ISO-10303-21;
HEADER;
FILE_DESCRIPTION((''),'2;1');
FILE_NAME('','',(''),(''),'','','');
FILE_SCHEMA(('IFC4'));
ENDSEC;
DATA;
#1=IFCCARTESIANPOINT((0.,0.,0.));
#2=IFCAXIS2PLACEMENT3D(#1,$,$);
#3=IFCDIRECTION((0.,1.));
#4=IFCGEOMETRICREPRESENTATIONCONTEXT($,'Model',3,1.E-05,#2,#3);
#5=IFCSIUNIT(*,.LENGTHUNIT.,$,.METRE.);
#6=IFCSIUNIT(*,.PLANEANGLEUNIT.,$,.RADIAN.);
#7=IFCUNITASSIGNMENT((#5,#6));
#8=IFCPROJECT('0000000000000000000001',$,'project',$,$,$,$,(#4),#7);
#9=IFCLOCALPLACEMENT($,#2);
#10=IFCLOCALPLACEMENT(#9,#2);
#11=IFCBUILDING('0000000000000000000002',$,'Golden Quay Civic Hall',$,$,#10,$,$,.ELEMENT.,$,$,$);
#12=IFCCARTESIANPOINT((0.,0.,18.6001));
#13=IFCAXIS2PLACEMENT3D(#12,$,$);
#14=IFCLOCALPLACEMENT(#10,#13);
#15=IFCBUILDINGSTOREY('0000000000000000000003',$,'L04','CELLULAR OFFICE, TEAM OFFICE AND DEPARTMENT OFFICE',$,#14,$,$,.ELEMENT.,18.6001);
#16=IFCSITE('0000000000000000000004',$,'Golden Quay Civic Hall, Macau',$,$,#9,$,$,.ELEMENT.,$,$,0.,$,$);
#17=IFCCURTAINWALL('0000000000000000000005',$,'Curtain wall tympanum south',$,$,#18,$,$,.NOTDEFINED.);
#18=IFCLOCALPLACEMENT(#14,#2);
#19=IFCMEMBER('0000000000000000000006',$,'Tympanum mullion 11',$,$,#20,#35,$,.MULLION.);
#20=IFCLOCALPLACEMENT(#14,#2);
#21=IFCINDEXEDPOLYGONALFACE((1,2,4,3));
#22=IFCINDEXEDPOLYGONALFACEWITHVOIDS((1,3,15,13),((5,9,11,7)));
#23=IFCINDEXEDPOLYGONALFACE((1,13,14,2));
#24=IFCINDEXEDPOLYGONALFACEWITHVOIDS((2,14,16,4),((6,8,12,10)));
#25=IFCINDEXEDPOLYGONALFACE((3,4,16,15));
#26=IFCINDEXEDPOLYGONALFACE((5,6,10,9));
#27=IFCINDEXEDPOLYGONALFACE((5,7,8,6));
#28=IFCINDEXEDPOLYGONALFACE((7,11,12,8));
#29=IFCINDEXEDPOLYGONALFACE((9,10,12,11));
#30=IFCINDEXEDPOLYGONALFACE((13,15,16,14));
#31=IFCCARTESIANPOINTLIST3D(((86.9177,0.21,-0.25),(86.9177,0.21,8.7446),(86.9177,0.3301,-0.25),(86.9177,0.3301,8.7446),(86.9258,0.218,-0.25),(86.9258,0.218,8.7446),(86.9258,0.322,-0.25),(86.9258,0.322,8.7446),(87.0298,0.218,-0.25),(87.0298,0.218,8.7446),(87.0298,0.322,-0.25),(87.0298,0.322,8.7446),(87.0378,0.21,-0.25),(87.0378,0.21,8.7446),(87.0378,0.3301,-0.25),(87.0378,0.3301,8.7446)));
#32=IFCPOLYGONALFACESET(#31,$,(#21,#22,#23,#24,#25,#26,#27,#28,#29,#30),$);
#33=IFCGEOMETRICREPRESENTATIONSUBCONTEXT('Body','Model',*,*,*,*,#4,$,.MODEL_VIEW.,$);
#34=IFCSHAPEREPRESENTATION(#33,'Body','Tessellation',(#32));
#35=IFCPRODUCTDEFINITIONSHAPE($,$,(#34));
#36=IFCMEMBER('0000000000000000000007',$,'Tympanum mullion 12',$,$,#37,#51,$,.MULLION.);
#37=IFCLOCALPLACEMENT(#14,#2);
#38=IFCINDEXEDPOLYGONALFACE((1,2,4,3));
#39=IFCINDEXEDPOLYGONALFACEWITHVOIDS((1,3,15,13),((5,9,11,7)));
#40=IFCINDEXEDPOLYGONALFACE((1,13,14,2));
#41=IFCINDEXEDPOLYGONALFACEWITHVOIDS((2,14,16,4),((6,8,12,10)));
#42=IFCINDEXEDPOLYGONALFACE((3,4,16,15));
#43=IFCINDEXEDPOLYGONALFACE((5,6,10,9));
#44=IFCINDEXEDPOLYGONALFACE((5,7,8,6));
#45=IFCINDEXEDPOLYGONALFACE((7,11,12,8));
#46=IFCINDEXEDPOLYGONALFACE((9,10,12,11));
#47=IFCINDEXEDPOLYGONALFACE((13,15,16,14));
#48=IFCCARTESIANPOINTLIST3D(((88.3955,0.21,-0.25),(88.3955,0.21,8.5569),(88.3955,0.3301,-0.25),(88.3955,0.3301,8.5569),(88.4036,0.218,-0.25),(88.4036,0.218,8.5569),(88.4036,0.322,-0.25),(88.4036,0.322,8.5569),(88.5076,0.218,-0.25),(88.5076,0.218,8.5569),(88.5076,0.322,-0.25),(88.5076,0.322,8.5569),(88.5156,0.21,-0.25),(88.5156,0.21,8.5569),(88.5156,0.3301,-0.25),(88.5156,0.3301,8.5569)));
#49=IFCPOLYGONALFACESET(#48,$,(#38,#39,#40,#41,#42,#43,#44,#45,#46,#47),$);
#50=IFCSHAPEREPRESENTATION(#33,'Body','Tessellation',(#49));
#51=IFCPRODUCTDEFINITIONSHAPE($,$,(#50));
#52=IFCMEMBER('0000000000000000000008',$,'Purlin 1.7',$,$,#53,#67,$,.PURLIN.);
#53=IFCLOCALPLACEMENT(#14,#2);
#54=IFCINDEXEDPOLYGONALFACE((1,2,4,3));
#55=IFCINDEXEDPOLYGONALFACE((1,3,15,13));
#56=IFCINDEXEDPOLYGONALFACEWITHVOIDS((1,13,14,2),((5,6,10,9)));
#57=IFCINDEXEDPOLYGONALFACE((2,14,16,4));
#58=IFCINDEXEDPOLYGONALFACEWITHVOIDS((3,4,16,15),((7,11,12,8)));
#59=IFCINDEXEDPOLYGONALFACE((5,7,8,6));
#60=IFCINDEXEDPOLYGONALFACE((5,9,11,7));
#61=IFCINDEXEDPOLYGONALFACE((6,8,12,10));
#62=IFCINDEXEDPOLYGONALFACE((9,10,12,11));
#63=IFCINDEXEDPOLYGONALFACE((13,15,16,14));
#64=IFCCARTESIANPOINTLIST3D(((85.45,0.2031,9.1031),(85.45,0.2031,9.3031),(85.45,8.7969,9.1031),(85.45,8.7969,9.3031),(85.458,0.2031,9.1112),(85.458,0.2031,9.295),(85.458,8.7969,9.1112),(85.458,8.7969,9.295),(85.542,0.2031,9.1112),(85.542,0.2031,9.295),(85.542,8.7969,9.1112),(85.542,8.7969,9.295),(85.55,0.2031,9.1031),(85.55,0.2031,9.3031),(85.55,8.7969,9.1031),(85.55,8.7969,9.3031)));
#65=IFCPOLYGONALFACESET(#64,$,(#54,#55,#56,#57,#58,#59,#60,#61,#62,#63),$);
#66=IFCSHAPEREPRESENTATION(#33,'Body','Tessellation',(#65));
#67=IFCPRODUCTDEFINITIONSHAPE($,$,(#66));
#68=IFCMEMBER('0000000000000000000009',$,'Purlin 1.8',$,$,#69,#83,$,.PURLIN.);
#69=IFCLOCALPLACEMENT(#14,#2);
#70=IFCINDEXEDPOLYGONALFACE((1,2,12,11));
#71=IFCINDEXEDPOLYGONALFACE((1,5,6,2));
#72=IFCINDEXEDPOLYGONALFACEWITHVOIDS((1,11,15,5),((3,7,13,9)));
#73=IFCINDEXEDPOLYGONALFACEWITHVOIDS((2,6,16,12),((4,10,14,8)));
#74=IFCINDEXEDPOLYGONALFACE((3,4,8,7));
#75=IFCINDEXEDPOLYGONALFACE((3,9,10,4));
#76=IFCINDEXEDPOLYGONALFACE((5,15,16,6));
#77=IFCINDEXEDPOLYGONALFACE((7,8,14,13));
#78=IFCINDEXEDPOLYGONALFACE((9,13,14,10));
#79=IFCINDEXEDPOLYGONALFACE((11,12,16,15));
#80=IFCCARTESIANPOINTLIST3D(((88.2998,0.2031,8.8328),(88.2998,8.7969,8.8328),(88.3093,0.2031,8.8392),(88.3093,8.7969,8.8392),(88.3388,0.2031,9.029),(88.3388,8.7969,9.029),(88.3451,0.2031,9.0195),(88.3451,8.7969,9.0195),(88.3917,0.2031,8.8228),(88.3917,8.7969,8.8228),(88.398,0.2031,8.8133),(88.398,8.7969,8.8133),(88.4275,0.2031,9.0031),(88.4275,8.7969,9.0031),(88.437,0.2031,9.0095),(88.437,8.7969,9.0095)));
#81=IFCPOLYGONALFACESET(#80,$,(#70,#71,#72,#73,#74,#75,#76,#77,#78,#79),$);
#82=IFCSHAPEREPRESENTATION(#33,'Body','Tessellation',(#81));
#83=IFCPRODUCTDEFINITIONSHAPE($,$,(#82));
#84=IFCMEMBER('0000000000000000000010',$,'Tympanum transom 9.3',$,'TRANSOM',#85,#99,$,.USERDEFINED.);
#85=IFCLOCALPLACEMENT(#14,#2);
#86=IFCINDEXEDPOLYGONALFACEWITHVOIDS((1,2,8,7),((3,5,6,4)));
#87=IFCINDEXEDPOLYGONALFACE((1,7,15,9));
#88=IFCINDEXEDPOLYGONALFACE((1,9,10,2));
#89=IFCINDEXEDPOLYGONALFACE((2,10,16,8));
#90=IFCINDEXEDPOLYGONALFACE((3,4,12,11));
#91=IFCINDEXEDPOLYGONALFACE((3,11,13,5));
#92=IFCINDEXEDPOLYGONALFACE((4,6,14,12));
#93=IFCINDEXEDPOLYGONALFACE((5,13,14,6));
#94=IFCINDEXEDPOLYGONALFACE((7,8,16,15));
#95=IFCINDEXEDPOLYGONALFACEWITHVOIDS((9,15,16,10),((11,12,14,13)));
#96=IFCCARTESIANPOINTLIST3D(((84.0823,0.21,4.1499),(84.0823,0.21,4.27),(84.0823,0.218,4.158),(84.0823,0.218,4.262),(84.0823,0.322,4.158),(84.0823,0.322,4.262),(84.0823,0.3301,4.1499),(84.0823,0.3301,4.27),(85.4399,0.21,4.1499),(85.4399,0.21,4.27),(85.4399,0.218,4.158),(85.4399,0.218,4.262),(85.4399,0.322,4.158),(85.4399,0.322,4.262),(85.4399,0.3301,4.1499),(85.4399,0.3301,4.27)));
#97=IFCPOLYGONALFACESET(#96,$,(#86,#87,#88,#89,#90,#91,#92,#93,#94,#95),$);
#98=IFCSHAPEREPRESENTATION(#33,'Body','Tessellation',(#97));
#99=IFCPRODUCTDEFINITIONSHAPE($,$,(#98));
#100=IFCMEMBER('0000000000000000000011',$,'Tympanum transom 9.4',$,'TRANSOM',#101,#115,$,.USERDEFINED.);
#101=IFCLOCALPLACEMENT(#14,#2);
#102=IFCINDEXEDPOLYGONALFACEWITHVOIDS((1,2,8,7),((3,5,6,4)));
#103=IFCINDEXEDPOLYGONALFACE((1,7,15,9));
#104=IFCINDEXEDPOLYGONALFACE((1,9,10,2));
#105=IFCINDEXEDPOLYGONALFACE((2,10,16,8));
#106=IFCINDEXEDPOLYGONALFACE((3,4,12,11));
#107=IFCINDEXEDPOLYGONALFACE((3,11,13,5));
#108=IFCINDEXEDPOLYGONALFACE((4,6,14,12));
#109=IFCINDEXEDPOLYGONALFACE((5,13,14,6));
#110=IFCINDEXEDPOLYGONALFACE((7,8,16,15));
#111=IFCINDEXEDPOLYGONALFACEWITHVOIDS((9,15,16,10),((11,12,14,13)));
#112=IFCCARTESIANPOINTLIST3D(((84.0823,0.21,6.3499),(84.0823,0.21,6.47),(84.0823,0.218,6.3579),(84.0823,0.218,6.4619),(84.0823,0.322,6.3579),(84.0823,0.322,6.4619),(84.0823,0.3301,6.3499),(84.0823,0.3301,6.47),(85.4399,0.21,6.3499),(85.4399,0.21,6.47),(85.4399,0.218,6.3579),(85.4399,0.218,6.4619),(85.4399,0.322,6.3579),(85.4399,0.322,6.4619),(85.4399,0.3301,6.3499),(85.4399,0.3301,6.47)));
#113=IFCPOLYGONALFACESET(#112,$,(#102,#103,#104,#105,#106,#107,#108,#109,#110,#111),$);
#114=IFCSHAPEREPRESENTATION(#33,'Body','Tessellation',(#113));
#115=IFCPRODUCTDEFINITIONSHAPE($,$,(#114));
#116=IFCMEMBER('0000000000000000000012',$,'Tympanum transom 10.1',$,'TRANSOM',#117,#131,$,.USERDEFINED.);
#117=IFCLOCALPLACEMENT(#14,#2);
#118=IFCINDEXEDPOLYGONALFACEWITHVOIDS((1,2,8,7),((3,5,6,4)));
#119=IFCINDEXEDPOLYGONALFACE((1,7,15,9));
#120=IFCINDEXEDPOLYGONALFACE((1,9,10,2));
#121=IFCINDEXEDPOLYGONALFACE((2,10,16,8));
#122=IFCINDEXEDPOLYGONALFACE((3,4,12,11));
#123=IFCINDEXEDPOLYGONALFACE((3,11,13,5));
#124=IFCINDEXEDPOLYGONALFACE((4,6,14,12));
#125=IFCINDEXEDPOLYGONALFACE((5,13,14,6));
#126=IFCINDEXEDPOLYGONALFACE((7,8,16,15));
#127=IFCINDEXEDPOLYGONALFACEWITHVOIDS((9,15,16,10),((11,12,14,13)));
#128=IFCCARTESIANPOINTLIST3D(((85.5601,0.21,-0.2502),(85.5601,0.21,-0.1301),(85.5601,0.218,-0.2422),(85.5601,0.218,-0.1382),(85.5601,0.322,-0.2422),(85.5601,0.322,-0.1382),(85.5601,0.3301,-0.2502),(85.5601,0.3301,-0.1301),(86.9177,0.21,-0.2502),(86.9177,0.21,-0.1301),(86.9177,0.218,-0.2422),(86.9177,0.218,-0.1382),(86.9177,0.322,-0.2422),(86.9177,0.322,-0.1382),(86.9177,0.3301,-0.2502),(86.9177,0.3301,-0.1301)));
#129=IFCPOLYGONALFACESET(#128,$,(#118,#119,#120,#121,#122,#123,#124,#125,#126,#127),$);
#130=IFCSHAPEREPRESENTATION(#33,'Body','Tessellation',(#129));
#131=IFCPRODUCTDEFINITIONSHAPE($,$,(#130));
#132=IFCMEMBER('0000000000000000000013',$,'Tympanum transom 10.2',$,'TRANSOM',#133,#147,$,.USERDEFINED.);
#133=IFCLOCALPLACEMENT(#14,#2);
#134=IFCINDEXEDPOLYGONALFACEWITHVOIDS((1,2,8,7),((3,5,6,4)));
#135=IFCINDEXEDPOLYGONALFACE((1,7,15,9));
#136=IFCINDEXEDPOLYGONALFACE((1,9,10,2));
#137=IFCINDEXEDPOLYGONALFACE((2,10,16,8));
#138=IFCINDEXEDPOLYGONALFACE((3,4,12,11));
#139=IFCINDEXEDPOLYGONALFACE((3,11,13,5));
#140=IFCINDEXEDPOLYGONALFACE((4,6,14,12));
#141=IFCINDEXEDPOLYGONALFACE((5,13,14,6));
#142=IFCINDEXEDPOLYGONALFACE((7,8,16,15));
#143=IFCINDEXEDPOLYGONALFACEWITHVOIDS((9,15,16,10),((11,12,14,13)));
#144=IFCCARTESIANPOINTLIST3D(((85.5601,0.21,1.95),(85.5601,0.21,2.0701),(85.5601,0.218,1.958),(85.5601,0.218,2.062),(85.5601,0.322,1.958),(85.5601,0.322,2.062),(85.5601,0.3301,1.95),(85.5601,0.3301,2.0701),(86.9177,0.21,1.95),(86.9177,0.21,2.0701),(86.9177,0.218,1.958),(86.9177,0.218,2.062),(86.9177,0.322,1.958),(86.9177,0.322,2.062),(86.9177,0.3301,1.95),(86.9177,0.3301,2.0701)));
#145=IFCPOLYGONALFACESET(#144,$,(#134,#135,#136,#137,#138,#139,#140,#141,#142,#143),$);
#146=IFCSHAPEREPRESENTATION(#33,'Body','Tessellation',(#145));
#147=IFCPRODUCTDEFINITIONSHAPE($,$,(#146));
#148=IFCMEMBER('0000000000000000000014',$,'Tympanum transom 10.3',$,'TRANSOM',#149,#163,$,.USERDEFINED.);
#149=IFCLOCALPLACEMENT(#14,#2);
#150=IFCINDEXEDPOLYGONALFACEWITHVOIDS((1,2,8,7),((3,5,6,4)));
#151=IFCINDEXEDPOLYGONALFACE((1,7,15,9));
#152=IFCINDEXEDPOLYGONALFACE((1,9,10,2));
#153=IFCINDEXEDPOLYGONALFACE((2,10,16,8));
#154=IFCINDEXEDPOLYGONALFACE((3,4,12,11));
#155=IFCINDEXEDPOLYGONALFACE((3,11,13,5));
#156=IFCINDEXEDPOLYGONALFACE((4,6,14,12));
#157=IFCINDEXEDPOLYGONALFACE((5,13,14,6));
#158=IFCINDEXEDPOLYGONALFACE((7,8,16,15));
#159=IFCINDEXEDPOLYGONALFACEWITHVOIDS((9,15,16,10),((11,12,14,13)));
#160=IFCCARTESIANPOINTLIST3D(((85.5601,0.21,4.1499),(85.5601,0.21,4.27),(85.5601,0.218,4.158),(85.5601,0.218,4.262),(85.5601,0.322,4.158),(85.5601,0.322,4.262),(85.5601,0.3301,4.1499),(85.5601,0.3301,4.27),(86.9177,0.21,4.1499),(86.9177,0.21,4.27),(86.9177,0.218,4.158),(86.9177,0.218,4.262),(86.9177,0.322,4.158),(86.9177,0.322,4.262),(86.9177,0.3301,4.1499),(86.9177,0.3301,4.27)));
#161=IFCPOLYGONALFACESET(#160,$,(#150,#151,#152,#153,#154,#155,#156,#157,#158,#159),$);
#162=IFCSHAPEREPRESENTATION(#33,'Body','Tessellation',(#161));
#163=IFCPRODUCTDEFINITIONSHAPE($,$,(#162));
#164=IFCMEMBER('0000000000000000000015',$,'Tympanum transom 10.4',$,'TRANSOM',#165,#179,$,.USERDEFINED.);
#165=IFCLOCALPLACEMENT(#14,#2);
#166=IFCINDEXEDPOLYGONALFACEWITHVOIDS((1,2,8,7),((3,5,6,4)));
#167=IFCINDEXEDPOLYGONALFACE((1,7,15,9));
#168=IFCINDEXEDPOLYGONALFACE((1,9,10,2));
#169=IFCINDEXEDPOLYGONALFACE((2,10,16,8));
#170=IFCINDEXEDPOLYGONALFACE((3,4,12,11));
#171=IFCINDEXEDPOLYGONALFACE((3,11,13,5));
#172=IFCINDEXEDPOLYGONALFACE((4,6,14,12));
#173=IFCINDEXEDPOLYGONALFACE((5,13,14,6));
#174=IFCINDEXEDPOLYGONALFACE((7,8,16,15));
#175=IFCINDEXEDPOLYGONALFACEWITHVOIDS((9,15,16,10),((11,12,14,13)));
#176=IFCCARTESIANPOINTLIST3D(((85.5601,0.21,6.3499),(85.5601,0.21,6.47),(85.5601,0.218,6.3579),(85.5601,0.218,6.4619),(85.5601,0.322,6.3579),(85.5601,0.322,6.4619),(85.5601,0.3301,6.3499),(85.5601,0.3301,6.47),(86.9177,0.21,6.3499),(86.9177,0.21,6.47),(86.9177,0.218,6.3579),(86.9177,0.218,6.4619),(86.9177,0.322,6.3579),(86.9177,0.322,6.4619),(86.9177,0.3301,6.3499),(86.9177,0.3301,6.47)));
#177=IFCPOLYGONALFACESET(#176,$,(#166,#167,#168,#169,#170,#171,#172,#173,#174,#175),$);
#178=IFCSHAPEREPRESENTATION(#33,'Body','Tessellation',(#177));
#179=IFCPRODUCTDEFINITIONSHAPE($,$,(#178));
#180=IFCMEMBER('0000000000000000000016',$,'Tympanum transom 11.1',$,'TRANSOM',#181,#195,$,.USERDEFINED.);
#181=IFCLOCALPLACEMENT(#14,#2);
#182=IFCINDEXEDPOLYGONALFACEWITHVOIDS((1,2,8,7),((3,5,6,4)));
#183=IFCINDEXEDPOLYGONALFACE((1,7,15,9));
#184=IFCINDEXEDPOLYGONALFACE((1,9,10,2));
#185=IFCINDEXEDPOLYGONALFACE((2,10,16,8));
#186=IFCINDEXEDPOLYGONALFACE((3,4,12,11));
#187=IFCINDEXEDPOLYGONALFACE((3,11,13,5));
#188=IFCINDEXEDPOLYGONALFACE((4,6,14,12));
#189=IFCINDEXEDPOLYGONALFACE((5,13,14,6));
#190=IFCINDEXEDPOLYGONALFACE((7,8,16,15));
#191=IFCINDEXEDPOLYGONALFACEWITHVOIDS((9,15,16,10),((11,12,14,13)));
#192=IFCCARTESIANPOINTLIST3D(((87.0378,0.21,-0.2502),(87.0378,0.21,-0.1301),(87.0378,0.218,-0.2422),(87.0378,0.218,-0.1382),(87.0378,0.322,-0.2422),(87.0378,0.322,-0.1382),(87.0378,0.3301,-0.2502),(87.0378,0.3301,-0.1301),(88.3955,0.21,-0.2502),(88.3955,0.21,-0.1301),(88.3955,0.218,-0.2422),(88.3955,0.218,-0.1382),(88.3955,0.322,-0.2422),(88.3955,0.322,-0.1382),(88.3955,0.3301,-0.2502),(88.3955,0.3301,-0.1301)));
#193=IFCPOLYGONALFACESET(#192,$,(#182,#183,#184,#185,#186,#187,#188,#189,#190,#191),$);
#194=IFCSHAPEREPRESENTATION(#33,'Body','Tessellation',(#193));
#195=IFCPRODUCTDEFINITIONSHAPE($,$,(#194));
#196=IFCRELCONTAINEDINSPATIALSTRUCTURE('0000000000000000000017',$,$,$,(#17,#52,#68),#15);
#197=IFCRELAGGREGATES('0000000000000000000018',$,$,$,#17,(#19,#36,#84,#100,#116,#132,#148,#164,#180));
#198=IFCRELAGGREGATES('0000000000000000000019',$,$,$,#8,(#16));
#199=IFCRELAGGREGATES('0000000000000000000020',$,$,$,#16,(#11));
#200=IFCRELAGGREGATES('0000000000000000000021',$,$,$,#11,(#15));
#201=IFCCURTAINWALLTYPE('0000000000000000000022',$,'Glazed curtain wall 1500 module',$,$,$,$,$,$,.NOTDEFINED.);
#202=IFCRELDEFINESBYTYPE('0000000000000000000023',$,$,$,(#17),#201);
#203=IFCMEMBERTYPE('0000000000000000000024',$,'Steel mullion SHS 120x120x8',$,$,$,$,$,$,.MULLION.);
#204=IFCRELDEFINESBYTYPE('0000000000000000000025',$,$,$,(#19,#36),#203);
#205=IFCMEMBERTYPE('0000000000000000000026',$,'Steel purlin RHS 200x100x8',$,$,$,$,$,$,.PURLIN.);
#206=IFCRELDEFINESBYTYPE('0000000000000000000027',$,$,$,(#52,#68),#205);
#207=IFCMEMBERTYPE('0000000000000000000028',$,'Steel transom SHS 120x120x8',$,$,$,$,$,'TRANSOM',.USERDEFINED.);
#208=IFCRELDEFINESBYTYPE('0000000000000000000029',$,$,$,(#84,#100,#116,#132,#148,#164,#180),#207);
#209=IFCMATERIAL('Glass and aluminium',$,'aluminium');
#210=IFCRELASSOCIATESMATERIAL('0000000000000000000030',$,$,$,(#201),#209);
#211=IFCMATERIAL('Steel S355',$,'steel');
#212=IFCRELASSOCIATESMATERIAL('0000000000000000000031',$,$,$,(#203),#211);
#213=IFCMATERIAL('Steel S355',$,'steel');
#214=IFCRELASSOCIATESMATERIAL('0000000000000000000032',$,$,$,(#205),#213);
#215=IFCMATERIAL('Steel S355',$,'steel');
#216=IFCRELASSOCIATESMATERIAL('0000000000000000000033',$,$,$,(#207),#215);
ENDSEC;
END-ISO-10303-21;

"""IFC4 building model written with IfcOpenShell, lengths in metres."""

from ifc_helpers import new_model, si_unit, direction, frame, origin, origin_2d, place, context, subcontext, project, spatial, hollow_rectangle, extrude, material, material_profile, profile_set, type_object, element, aggregate, save


model = new_model("IFC4")

# Units and contexts
model_context = context("Model", 3, precision=1e-05, world=origin(), true_north=direction((0.0, 1.0)))
body_context = subcontext(model_context, "Body", "Model", "MODEL_VIEW")
ifc_project = project(units=[si_unit("LENGTHUNIT", "METRE"), si_unit("PLANEANGLEUNIT", "RADIAN")], contexts=[model_context])

# Site, building, storey
site_placement = place(None, origin())
site = spatial("IfcSite", under=ifc_project, at=site_placement, Name="Golden Quay Civic Hall, Macau", CompositionType="ELEMENT", RefElevation=0.0)
building_placement = place(site_placement, origin())
building = spatial("IfcBuilding", under=site, at=building_placement, Name="Golden Quay Civic Hall", CompositionType="ELEMENT")
storey_placement = place(building_placement, frame((0.0, 0.0, 18.6001)))
storey = spatial("IfcBuildingStorey", under=building, at=storey_placement, Name="L04", Description="CELLULAR OFFICE, TEAM OFFICE AND DEPARTMENT OFFICE", CompositionType="ELEMENT", Elevation=18.6001)

# Curtain wall, members
ifc_material_1 = material(Name="Glass and aluminium", Category="aluminium")
curtain_wall_type = type_object("IfcCurtainWallType", Name="Glazed curtain wall 1500 module", PredefinedType="NOTDEFINED", material=ifc_material_1)
curtain_wall_placement = place(storey_placement, origin())
curtain_wall = element("IfcCurtainWall", 1, at=curtain_wall_placement, inside=storey, type_object=curtain_wall_type, Name="Curtain wall tympanum south", PredefinedType="NOTDEFINED")
ifc_material_2 = material(Name="Steel S355", Category="steel")
ifc_material_profile_1 = material_profile(ifc_material_2, hollow_rectangle(XDim=0.1201, YDim=0.1201, WallThickness=0.0081, at=origin_2d()), Name="SHS 120x120x8")
ifc_profile_set_1 = profile_set([ifc_material_profile_1], Name="Steel S355")
member_type_1 = type_object("IfcMemberType", Name="Steel mullion SHS 120x120x8", PredefinedType="MULLION", material=ifc_profile_set_1)
member_1_placement = place(storey_placement, frame((86.9778, 0.27, -0.25), z_axis=(0.0, 0.0, 1.0), x_axis=(0.0, 1.0, 0.0)))
member_1 = element("IfcMember", 2, at=member_1_placement, type_object=member_type_1, Name="Tympanum mullion 11", PredefinedType="MULLION", context=body_context, shape_type="SweptSolid", body=[
    extrude(hollow_rectangle(XDim=0.1201, YDim=0.1201, WallThickness=0.0081, at=origin_2d()), origin(), (0.0, 0.0, 1.0), 8.9946),
])
member_2_placement = place(storey_placement, frame((88.4556, 0.27, -0.25), z_axis=(0.0, 0.0, 1.0), x_axis=(0.0, 1.0, 0.0)))
member_2 = element("IfcMember", 3, at=member_2_placement, type_object=member_type_1, Name="Tympanum mullion 12", PredefinedType="MULLION", context=body_context, shape_type="SweptSolid", body=[
    extrude(hollow_rectangle(XDim=0.1201, YDim=0.1201, WallThickness=0.0081, at=origin_2d()), origin(), (0.0, 0.0, 1.0), 8.8069),
])

# Members
ifc_material_3 = material(Name="Steel S355", Category="steel")
ifc_material_profile_2 = material_profile(ifc_material_3, hollow_rectangle(XDim=0.1001, YDim=0.2, WallThickness=0.0081, at=origin_2d()), Name="RHS 200x100x8")
ifc_profile_set_2 = profile_set([ifc_material_profile_2], Name="Steel S355")
member_type_2 = type_object("IfcMemberType", Name="Steel purlin RHS 200x100x8", PredefinedType="PURLIN", material=ifc_profile_set_2)
for number, where, z_axis, x_axis, name in (
    (4, (85.5, 0.2031, 9.2031), (0.0, 1.0, 0.0), (-1.0, 0.0, 0.0), "Purlin 1.7"),
    (5, (88.3684, 0.2031, 8.9211), (0.0, 1.0, 0.0), (-0.980853, 0.0, 0.194748), "Purlin 1.8"),
):
    element("IfcMember", number, at=place(storey_placement, frame(where, z_axis=z_axis, x_axis=x_axis)), inside=storey, type_object=member_type_2, Name=name, PredefinedType="PURLIN", context=body_context, shape_type="SweptSolid", body=[
        extrude(hollow_rectangle(XDim=0.1001, YDim=0.2, WallThickness=0.0081, at=origin_2d()), origin(), (0.0, 0.0, 1.0), 8.5938),
    ])

# Members
ifc_material_4 = material(Name="Steel S355", Category="steel")
ifc_material_profile_3 = material_profile(ifc_material_4, hollow_rectangle(XDim=0.1201, YDim=0.1201, WallThickness=0.0081, at=origin_2d()), Name="SHS 120x120x8")
ifc_profile_set_3 = profile_set([ifc_material_profile_3], Name="Steel S355")
member_type_3 = type_object("IfcMemberType", Name="Steel transom SHS 120x120x8", ElementType="TRANSOM", PredefinedType="USERDEFINED", material=ifc_profile_set_3)
member_3_placement = place(storey_placement, frame((84.0823, 0.27, 4.21), z_axis=(1.0, 0.0, 0.0), x_axis=(0.0, 1.0, 0.0)))
member_3 = element("IfcMember", 6, at=member_3_placement, type_object=member_type_3, Name="Tympanum transom 9.3", ObjectType="TRANSOM", PredefinedType="USERDEFINED", context=body_context, shape_type="SweptSolid", body=[
    extrude(hollow_rectangle(XDim=0.1201, YDim=0.1201, WallThickness=0.0081, at=origin_2d()), origin(), (0.0, 0.0, 1.0), 1.3577),
])
member_4_placement = place(storey_placement, frame((84.0823, 0.27, 6.4099), z_axis=(1.0, 0.0, 0.0), x_axis=(0.0, 1.0, 0.0)))
member_4 = element("IfcMember", 7, at=member_4_placement, type_object=member_type_3, Name="Tympanum transom 9.4", ObjectType="TRANSOM", PredefinedType="USERDEFINED", context=body_context, shape_type="SweptSolid", body=[
    extrude(hollow_rectangle(XDim=0.1201, YDim=0.1201, WallThickness=0.0081, at=origin_2d()), origin(), (0.0, 0.0, 1.0), 1.3577),
])
member_5_placement = place(storey_placement, frame((85.5601, 0.27, -0.1902), z_axis=(1.0, 0.0, 0.0), x_axis=(0.0, 1.0, 0.0)))
member_5 = element("IfcMember", 8, at=member_5_placement, type_object=member_type_3, Name="Tympanum transom 10.1", ObjectType="TRANSOM", PredefinedType="USERDEFINED", context=body_context, shape_type="SweptSolid", body=[
    extrude(hollow_rectangle(XDim=0.1201, YDim=0.1201, WallThickness=0.0081, at=origin_2d()), origin(), (0.0, 0.0, 1.0), 1.3577),
])
member_6_placement = place(storey_placement, frame((85.5601, 0.27, 2.01), z_axis=(1.0, 0.0, 0.0), x_axis=(0.0, 1.0, 0.0)))
member_6 = element("IfcMember", 9, at=member_6_placement, type_object=member_type_3, Name="Tympanum transom 10.2", ObjectType="TRANSOM", PredefinedType="USERDEFINED", context=body_context, shape_type="SweptSolid", body=[
    extrude(hollow_rectangle(XDim=0.1201, YDim=0.1201, WallThickness=0.0081, at=origin_2d()), origin(), (0.0, 0.0, 1.0), 1.3577),
])
member_7_placement = place(storey_placement, frame((85.5601, 0.27, 4.21), z_axis=(1.0, 0.0, 0.0), x_axis=(0.0, 1.0, 0.0)))
member_7 = element("IfcMember", 10, at=member_7_placement, type_object=member_type_3, Name="Tympanum transom 10.3", ObjectType="TRANSOM", PredefinedType="USERDEFINED", context=body_context, shape_type="SweptSolid", body=[
    extrude(hollow_rectangle(XDim=0.1201, YDim=0.1201, WallThickness=0.0081, at=origin_2d()), origin(), (0.0, 0.0, 1.0), 1.3577),
])
member_8_placement = place(storey_placement, frame((85.5601, 0.27, 6.4099), z_axis=(1.0, 0.0, 0.0), x_axis=(0.0, 1.0, 0.0)))
member_8 = element("IfcMember", 11, at=member_8_placement, type_object=member_type_3, Name="Tympanum transom 10.4", ObjectType="TRANSOM", PredefinedType="USERDEFINED", context=body_context, shape_type="SweptSolid", body=[
    extrude(hollow_rectangle(XDim=0.1201, YDim=0.1201, WallThickness=0.0081, at=origin_2d()), origin(), (0.0, 0.0, 1.0), 1.3577),
])
member_9_placement = place(storey_placement, frame((87.0378, 0.27, -0.1902), z_axis=(1.0, 0.0, 0.0), x_axis=(0.0, 1.0, 0.0)))
member_9 = element("IfcMember", 12, at=member_9_placement, type_object=member_type_3, Name="Tympanum transom 11.1", ObjectType="TRANSOM", PredefinedType="USERDEFINED", context=body_context, shape_type="SweptSolid", body=[
    extrude(hollow_rectangle(XDim=0.1201, YDim=0.1201, WallThickness=0.0081, at=origin_2d()), origin(), (0.0, 0.0, 1.0), 1.3577),
])

aggregate(curtain_wall, [member_1, member_2, member_3, member_4, member_5, member_6, member_7, member_8, member_9])

save(model, "model.ifc")
